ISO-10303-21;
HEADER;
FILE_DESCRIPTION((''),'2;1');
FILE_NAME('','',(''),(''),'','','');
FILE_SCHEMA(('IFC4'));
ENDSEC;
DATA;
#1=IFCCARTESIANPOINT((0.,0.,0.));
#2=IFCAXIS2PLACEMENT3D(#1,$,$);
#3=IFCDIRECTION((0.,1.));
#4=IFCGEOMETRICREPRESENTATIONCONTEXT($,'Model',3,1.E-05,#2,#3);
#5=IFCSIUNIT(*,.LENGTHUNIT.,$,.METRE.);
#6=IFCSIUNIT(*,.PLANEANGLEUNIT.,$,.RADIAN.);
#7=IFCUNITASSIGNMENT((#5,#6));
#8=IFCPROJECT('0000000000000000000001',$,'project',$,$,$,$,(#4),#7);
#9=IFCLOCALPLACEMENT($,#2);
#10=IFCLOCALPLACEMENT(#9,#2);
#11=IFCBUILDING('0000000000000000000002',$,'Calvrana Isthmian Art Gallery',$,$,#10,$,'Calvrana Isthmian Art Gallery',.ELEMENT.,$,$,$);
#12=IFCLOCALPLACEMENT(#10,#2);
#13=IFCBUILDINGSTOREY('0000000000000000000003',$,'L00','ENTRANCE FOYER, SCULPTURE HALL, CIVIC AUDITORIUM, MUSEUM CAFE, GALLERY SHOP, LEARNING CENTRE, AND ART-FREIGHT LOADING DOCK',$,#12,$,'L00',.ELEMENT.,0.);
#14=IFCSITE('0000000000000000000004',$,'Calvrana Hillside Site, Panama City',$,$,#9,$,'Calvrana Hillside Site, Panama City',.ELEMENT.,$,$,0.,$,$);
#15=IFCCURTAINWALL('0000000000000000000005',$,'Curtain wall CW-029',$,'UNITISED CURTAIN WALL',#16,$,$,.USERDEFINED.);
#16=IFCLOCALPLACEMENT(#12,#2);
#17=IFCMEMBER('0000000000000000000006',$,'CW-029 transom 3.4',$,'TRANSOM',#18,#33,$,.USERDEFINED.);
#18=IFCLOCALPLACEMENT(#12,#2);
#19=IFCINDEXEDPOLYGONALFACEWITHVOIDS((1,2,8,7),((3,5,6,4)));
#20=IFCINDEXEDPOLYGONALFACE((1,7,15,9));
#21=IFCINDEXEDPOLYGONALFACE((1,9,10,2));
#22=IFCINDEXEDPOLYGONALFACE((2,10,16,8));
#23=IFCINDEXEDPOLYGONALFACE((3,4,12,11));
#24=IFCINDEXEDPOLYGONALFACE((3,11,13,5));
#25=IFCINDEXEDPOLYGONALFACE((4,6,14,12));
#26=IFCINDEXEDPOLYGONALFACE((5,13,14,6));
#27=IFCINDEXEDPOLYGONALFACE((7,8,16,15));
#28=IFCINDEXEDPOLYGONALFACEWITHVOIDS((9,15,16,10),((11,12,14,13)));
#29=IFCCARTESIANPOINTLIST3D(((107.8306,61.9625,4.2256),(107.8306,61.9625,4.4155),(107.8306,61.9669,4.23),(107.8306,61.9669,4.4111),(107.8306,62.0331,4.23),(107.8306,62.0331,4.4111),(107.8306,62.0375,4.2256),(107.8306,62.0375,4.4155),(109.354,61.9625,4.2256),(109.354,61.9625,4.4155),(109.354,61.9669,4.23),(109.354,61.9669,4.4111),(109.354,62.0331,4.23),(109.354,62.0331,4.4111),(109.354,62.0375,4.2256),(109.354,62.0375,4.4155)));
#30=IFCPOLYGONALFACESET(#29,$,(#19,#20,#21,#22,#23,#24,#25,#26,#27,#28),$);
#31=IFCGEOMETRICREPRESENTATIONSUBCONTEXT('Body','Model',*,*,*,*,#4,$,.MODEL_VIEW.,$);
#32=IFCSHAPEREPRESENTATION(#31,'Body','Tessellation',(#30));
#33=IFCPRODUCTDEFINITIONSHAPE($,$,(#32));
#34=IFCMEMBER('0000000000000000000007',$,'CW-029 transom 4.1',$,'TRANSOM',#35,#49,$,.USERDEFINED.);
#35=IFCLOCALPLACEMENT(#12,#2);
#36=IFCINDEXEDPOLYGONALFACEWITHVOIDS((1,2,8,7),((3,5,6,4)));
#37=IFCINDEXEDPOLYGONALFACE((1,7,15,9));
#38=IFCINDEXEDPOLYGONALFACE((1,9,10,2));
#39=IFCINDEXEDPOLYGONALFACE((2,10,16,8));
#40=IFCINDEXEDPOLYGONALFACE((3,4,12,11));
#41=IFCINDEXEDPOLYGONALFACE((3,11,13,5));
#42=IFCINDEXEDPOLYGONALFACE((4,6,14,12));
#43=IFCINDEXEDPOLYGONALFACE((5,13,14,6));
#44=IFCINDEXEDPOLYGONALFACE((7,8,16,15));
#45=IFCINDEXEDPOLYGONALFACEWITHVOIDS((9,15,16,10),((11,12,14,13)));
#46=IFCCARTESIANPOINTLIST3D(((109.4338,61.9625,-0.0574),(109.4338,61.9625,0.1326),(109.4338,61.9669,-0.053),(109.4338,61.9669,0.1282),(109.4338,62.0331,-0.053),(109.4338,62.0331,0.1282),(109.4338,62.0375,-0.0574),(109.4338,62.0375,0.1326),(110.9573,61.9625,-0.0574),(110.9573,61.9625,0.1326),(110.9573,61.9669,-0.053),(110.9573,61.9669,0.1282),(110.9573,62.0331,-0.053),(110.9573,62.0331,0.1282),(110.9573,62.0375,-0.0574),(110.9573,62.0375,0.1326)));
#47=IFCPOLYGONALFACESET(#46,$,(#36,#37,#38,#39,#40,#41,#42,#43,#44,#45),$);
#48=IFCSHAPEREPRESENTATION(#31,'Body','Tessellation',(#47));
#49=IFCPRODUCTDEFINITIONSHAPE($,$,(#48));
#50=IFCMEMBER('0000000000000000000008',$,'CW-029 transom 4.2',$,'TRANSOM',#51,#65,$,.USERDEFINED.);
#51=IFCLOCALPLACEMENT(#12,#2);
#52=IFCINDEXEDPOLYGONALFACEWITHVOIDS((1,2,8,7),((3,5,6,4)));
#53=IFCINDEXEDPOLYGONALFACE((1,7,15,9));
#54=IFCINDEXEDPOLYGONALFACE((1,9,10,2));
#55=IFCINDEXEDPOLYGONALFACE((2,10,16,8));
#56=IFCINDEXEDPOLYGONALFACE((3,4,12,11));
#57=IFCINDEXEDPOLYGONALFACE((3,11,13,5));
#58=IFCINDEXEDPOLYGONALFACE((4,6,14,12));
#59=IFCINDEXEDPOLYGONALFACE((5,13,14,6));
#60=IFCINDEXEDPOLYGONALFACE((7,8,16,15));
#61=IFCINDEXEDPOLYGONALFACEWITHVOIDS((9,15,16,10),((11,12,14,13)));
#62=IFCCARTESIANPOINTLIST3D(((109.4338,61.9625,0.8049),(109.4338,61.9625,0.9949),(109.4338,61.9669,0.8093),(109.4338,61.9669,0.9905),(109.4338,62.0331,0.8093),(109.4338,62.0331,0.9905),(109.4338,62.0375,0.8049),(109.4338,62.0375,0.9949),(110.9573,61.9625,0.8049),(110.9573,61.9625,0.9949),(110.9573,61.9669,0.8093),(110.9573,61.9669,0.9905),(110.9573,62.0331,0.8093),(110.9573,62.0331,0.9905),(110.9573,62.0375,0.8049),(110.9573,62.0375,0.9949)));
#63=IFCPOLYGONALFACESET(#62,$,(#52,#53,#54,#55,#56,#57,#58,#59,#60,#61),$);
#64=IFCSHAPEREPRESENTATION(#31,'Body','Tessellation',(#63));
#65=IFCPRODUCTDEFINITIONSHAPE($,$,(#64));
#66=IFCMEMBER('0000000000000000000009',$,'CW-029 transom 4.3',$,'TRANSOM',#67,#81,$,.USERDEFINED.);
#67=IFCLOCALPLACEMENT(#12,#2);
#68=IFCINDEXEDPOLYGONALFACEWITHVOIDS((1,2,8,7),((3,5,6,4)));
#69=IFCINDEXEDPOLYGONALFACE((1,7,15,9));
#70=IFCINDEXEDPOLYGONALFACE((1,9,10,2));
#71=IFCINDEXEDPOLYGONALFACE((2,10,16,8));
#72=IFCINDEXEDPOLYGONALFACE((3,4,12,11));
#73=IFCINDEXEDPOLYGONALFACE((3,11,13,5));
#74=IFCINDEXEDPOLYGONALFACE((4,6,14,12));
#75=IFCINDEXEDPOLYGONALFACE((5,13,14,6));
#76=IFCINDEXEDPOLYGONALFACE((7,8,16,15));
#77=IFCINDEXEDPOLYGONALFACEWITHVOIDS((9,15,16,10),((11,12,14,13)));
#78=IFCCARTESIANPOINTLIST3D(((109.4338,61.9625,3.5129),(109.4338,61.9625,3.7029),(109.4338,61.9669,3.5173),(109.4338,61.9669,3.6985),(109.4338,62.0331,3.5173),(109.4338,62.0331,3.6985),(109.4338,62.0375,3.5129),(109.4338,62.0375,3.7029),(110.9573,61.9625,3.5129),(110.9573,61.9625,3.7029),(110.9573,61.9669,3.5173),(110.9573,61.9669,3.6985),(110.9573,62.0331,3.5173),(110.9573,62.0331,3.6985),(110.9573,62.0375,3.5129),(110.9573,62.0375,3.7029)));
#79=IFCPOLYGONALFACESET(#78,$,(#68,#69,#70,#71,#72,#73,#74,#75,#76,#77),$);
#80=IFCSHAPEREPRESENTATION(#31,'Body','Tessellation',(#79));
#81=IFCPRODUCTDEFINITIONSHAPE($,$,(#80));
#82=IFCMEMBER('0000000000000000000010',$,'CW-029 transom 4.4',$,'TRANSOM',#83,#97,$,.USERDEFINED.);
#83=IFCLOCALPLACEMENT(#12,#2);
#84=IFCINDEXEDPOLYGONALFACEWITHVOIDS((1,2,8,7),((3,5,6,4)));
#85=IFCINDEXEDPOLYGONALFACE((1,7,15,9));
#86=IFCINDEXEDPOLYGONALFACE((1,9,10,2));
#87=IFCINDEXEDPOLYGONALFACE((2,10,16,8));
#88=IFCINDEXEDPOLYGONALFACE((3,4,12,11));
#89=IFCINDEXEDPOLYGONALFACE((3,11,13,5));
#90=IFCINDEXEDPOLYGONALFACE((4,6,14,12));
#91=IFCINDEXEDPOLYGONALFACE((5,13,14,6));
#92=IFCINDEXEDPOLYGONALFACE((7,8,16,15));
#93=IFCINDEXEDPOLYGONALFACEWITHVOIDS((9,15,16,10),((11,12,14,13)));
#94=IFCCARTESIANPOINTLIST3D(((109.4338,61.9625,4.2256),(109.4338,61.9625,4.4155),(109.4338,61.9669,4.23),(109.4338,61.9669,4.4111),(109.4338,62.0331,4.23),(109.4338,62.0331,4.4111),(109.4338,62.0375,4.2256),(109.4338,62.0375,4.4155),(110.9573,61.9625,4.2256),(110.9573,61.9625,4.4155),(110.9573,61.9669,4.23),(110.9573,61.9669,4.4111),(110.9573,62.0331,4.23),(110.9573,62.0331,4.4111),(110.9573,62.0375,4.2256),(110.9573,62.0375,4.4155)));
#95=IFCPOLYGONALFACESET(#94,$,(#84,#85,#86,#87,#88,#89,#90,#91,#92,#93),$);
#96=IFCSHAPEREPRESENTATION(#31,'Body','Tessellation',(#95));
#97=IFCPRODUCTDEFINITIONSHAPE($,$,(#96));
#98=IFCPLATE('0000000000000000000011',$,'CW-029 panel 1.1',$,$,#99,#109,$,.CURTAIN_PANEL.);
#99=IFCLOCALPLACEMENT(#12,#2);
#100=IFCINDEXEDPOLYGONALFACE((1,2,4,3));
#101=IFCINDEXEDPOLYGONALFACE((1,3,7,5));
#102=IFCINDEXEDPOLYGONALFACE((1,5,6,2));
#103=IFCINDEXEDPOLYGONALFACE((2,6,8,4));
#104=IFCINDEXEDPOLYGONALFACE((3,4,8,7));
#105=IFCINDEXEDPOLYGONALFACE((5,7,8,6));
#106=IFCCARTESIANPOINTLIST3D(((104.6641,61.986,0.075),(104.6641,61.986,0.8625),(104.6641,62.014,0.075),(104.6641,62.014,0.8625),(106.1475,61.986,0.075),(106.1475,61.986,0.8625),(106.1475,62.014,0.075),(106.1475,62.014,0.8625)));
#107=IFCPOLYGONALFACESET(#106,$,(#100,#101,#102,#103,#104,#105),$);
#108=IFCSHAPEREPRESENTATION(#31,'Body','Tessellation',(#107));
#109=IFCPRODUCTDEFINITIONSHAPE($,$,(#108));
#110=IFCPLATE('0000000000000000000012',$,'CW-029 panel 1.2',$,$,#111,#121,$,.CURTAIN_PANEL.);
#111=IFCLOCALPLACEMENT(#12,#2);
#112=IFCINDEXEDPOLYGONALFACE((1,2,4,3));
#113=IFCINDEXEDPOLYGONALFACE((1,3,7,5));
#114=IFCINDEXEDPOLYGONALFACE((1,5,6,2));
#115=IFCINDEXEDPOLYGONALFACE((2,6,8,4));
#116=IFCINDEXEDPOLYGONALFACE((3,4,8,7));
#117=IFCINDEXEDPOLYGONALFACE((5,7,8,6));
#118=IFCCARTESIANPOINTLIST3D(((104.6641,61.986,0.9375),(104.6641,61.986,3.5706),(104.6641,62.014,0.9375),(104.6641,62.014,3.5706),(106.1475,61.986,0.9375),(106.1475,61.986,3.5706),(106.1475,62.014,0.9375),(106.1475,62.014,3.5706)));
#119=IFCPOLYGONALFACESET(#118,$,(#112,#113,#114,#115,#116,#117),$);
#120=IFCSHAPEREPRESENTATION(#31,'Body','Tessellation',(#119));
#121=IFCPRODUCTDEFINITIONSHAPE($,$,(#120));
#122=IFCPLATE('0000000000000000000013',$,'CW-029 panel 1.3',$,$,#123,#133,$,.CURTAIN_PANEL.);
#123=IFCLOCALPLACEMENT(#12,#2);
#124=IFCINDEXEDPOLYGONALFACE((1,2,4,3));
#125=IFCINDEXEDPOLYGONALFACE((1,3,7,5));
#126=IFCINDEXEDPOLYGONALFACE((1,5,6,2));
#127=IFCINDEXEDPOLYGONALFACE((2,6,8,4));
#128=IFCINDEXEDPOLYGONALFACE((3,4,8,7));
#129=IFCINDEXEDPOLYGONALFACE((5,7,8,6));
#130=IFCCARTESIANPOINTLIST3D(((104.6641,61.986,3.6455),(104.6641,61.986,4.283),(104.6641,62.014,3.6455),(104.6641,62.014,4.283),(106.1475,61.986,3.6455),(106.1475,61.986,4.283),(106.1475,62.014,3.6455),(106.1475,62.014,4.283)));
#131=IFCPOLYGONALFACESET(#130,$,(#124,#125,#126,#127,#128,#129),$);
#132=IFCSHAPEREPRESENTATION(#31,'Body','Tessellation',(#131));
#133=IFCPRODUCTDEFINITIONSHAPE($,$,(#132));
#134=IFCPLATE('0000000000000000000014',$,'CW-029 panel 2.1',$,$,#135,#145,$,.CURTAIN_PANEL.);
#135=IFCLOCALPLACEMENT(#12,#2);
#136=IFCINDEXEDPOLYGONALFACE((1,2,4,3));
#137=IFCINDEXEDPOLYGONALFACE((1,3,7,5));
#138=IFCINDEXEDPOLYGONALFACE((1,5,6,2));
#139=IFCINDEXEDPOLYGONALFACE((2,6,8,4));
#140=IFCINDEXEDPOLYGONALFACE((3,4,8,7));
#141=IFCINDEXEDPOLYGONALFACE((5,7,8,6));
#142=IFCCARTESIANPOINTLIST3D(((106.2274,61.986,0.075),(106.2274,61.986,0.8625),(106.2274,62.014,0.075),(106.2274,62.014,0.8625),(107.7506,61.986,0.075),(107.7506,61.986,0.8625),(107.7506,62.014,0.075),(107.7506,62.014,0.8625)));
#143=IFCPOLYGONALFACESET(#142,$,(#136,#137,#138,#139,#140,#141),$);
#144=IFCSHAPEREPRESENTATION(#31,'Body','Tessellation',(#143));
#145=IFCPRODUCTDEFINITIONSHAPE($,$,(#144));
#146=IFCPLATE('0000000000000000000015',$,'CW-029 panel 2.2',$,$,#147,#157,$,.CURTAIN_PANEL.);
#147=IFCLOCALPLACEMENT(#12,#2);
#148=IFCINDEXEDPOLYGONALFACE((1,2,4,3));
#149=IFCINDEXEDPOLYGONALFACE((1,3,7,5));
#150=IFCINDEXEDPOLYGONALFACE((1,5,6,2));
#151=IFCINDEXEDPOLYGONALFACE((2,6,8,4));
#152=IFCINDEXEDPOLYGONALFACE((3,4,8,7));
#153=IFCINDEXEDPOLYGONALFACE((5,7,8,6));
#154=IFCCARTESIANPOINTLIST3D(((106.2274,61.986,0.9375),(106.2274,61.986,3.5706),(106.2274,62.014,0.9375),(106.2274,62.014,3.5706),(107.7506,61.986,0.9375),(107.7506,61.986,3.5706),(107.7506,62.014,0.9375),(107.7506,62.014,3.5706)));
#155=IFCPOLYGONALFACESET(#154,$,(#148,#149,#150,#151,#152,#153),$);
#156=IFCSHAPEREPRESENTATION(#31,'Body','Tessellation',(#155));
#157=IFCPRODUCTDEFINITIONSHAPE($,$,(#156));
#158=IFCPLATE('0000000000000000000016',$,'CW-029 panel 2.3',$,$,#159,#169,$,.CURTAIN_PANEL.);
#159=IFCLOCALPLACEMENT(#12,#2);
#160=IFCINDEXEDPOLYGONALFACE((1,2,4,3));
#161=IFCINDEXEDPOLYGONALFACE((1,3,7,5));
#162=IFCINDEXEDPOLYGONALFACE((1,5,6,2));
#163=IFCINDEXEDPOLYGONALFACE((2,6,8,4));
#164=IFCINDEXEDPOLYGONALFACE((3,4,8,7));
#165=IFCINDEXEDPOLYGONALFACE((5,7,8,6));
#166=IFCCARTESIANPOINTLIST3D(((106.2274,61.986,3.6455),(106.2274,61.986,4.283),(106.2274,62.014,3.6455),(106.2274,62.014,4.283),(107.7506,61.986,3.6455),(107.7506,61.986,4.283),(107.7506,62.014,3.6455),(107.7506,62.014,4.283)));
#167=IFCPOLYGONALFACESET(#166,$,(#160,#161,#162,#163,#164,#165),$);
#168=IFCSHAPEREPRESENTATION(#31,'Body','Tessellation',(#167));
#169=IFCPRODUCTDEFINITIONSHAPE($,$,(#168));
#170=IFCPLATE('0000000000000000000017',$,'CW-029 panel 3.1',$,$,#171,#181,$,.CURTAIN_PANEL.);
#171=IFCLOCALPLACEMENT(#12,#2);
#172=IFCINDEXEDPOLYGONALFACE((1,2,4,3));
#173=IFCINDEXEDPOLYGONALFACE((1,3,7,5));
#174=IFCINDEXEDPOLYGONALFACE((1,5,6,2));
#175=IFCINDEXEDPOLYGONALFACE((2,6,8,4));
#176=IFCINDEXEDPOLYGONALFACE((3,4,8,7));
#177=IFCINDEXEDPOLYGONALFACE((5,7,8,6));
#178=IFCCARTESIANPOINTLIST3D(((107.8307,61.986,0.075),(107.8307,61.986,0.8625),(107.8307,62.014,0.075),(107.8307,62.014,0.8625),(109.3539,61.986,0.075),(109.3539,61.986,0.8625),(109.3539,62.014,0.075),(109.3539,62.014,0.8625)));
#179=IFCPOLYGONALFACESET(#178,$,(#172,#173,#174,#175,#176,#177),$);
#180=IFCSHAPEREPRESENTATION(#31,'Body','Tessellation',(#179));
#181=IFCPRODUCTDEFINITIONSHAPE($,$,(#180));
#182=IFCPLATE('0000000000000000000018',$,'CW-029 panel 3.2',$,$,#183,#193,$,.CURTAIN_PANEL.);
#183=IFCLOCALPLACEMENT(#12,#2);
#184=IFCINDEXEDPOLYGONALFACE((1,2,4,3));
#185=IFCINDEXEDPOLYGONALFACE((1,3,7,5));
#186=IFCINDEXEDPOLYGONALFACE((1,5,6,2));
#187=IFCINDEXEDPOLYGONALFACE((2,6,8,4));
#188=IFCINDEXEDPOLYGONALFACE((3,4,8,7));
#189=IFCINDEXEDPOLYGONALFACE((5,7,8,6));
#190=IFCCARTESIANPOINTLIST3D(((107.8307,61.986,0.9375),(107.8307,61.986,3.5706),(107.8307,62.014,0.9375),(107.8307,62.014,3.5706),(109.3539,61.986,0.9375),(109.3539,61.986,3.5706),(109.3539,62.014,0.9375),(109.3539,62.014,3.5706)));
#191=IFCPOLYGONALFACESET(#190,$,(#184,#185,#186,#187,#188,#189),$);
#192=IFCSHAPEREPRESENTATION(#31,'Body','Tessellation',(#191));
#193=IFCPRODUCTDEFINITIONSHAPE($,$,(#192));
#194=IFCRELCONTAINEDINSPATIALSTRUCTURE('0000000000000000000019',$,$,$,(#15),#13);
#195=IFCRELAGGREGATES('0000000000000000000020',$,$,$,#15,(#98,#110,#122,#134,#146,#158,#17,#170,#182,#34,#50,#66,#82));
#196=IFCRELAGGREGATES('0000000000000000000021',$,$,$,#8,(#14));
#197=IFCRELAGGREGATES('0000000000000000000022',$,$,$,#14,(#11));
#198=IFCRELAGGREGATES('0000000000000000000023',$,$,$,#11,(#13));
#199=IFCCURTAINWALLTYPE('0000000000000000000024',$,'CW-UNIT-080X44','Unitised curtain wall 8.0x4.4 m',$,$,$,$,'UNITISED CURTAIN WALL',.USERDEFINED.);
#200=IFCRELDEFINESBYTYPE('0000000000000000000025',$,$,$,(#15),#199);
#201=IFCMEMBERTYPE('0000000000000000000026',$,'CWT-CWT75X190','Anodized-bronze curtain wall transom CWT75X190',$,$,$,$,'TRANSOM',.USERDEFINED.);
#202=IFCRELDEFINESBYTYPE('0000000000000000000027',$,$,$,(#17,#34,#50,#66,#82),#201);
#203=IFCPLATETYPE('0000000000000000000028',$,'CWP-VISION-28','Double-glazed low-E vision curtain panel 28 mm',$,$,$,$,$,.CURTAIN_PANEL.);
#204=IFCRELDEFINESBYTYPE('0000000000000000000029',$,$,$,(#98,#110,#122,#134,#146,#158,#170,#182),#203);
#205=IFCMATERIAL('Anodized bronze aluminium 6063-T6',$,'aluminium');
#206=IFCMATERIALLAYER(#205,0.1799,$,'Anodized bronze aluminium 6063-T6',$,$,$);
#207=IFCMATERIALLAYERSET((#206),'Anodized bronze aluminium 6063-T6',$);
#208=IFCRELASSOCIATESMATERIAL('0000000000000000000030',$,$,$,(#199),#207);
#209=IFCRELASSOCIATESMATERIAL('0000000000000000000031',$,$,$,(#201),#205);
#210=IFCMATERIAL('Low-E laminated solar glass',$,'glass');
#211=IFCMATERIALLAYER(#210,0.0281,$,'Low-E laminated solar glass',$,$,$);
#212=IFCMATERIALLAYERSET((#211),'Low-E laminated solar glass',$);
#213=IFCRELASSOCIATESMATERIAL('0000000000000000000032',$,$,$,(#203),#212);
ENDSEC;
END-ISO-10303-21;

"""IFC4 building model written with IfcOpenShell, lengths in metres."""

from ifc_helpers import new_model, si_unit, direction, frame, origin, origin_2d, place, context, subcontext, project, spatial, rectangle, hollow_rectangle, extrude, material, layer, layer_set, material_profile, profile_set, type_object, element, aggregate, save


model = new_model("IFC4")

# Units and contexts
model_context = context("Model", 3, precision=1e-05, world=origin(), true_north=direction((0.0, 1.0)))
body_context = subcontext(model_context, "Body", "Model", "MODEL_VIEW")
ifc_project = project(units=[si_unit("LENGTHUNIT", "METRE"), si_unit("PLANEANGLEUNIT", "RADIAN")], contexts=[model_context])

# Site, building, storey
site_placement = place(None, origin())
site = spatial("IfcSite", under=ifc_project, at=site_placement, Name="Calvrana Hillside Site, Panama City", LongName="Calvrana Hillside Site, Panama City", CompositionType="ELEMENT", RefElevation=0.0)
building_placement = place(site_placement, origin())
building = spatial("IfcBuilding", under=site, at=building_placement, Name="Calvrana Isthmian Art Gallery", LongName="Calvrana Isthmian Art Gallery", CompositionType="ELEMENT")
storey_placement = place(building_placement, origin())
storey = spatial("IfcBuildingStorey", under=building, at=storey_placement, Name="L00", Description="ENTRANCE FOYER, SCULPTURE HALL, CIVIC AUDITORIUM, MUSEUM CAFE, GALLERY SHOP, LEARNING CENTRE, AND ART-FREIGHT LOADING DOCK", LongName="L00", CompositionType="ELEMENT", Elevation=0.0)

# Curtain wall, members, plates
ifc_material_1 = material(Name="Anodized bronze aluminium 6063-T6", Category="aluminium")
ifc_layer_1 = layer(ifc_material_1, 0.1799, Name="Anodized bronze aluminium 6063-T6")
ifc_layer_set_1 = layer_set([ifc_layer_1], Name="Anodized bronze aluminium 6063-T6")
curtain_wall_type = type_object("IfcCurtainWallType", Name="CW-UNIT-080X44", Description="Unitised curtain wall 8.0x4.4 m", ElementType="UNITISED CURTAIN WALL", PredefinedType="USERDEFINED", material=ifc_layer_set_1)
curtain_wall_placement = place(storey_placement, origin())
curtain_wall = element("IfcCurtainWall", 1, at=curtain_wall_placement, inside=storey, type_object=curtain_wall_type, Name="Curtain wall CW-029", ObjectType="UNITISED CURTAIN WALL", PredefinedType="USERDEFINED")
ifc_material_profile_1 = material_profile(ifc_material_1, hollow_rectangle(XDim=0.075, YDim=0.1899, WallThickness=0.0044, at=origin_2d()), Name="CWT75X190")
ifc_profile_set_1 = profile_set([ifc_material_profile_1], Name="Anodized bronze aluminium 6063-T6")
member_type_1 = type_object("IfcMemberType", Name="CWT-CWT75X190", Description="Anodized-bronze curtain wall transom CWT75X190", ElementType="TRANSOM", PredefinedType="USERDEFINED", material=ifc_profile_set_1)
member_1_placement = place(storey_placement, frame((107.8306, 62.0, 4.3206), z_axis=(1.0, 0.0, 0.0), x_axis=(0.0, 1.0, 0.0)))
member_1 = element("IfcMember", 2, at=member_1_placement, type_object=member_type_1, Name="CW-029 transom 3.4", ObjectType="TRANSOM", PredefinedType="USERDEFINED", context=body_context, shape_type="SweptSolid", body=[
    extrude(hollow_rectangle(XDim=0.075, YDim=0.1899, WallThickness=0.0044, at=origin_2d()), origin(), (0.0, 0.0, 1.0), 1.5234),
])
member_2_placement = place(storey_placement, frame((109.4338, 62.0, 0.0376), z_axis=(1.0, 0.0, 0.0), x_axis=(0.0, 1.0, 0.0)))
member_2 = element("IfcMember", 3, at=member_2_placement, type_object=member_type_1, Name="CW-029 transom 4.1", ObjectType="TRANSOM", PredefinedType="USERDEFINED", context=body_context, shape_type="SweptSolid", body=[
    extrude(hollow_rectangle(XDim=0.075, YDim=0.1899, WallThickness=0.0044, at=origin_2d()), origin(), (0.0, 0.0, 1.0), 1.5234),
])
member_3_placement = place(storey_placement, frame((109.4338, 62.0, 0.8999), z_axis=(1.0, 0.0, 0.0), x_axis=(0.0, 1.0, 0.0)))
member_3 = element("IfcMember", 4, at=member_3_placement, type_object=member_type_1, Name="CW-029 transom 4.2", ObjectType="TRANSOM", PredefinedType="USERDEFINED", context=body_context, shape_type="SweptSolid", body=[
    extrude(hollow_rectangle(XDim=0.075, YDim=0.1899, WallThickness=0.0044, at=origin_2d()), origin(), (0.0, 0.0, 1.0), 1.5234),
])
member_4_placement = place(storey_placement, frame((109.4338, 62.0, 3.6079), z_axis=(1.0, 0.0, 0.0), x_axis=(0.0, 1.0, 0.0)))
member_4 = element("IfcMember", 5, at=member_4_placement, type_object=member_type_1, Name="CW-029 transom 4.3", ObjectType="TRANSOM", PredefinedType="USERDEFINED", context=body_context, shape_type="SweptSolid", body=[
    extrude(hollow_rectangle(XDim=0.075, YDim=0.1899, WallThickness=0.0044, at=origin_2d()), origin(), (0.0, 0.0, 1.0), 1.5234),
])
member_5_placement = place(storey_placement, frame((109.4338, 62.0, 4.3206), z_axis=(1.0, 0.0, 0.0), x_axis=(0.0, 1.0, 0.0)))
member_5 = element("IfcMember", 6, at=member_5_placement, type_object=member_type_1, Name="CW-029 transom 4.4", ObjectType="TRANSOM", PredefinedType="USERDEFINED", context=body_context, shape_type="SweptSolid", body=[
    extrude(hollow_rectangle(XDim=0.075, YDim=0.1899, WallThickness=0.0044, at=origin_2d()), origin(), (0.0, 0.0, 1.0), 1.5234),
])
ifc_material_2 = material(Name="Low-E laminated solar glass", Category="glass")
ifc_layer_2 = layer(ifc_material_2, 0.0281, Name="Low-E laminated solar glass")
ifc_layer_set_2 = layer_set([ifc_layer_2], Name="Low-E laminated solar glass")
plate_type = type_object("IfcPlateType", Name="CWP-VISION-28", Description="Double-glazed low-E vision curtain panel 28 mm", PredefinedType="CURTAIN_PANEL", material=ifc_layer_set_2)
plate_1_placement = place(storey_placement, frame((105.4058, 62.0, 0.075), z_axis=(0.0, 0.0, 1.0), x_axis=(1.0, 0.0, 0.0)))
plate_1 = element("IfcPlate", 7, at=plate_1_placement, type_object=plate_type, Name="CW-029 panel 1.1", PredefinedType="CURTAIN_PANEL", context=body_context, shape_type="SweptSolid", body=[
    extrude(rectangle(XDim=1.4834, YDim=0.0281, at=origin_2d()), origin(), (0.0, 0.0, 1.0), 0.7876),
])
plate_2_placement = place(storey_placement, frame((105.4058, 62.0, 0.9375), z_axis=(0.0, 0.0, 1.0), x_axis=(1.0, 0.0, 0.0)))
plate_2 = element("IfcPlate", 8, at=plate_2_placement, type_object=plate_type, Name="CW-029 panel 1.2", PredefinedType="CURTAIN_PANEL", context=body_context, shape_type="SweptSolid", body=[
    extrude(rectangle(XDim=1.4834, YDim=0.0281, at=origin_2d()), origin(), (0.0, 0.0, 1.0), 2.6331),
])
plate_3_placement = place(storey_placement, frame((105.4058, 62.0, 3.6455), z_axis=(0.0, 0.0, 1.0), x_axis=(1.0, 0.0, 0.0)))
plate_3 = element("IfcPlate", 9, at=plate_3_placement, type_object=plate_type, Name="CW-029 panel 1.3", PredefinedType="CURTAIN_PANEL", context=body_context, shape_type="SweptSolid", body=[
    extrude(rectangle(XDim=1.4834, YDim=0.0281, at=origin_2d()), origin(), (0.0, 0.0, 1.0), 0.6375),
])
plate_4_placement = place(storey_placement, frame((106.989, 62.0, 0.075), z_axis=(0.0, 0.0, 1.0), x_axis=(1.0, 0.0, 0.0)))
plate_4 = element("IfcPlate", 10, at=plate_4_placement, type_object=plate_type, Name="CW-029 panel 2.1", PredefinedType="CURTAIN_PANEL", context=body_context, shape_type="SweptSolid", body=[
    extrude(rectangle(XDim=1.5232, YDim=0.0281, at=origin_2d()), origin(), (0.0, 0.0, 1.0), 0.7876),
])
plate_5_placement = place(storey_placement, frame((106.989, 62.0, 0.9375), z_axis=(0.0, 0.0, 1.0), x_axis=(1.0, 0.0, 0.0)))
plate_5 = element("IfcPlate", 11, at=plate_5_placement, type_object=plate_type, Name="CW-029 panel 2.2", PredefinedType="CURTAIN_PANEL", context=body_context, shape_type="SweptSolid", body=[
    extrude(rectangle(XDim=1.5232, YDim=0.0281, at=origin_2d()), origin(), (0.0, 0.0, 1.0), 2.6331),
])
plate_6_placement = place(storey_placement, frame((106.989, 62.0, 3.6455), z_axis=(0.0, 0.0, 1.0), x_axis=(1.0, 0.0, 0.0)))
plate_6 = element("IfcPlate", 12, at=plate_6_placement, type_object=plate_type, Name="CW-029 panel 2.3", PredefinedType="CURTAIN_PANEL", context=body_context, shape_type="SweptSolid", body=[
    extrude(rectangle(XDim=1.5232, YDim=0.0281, at=origin_2d()), origin(), (0.0, 0.0, 1.0), 0.6375),
])
plate_7_placement = place(storey_placement, frame((108.5923, 62.0, 0.075), z_axis=(0.0, 0.0, 1.0), x_axis=(1.0, 0.0, 0.0)))
plate_7 = element("IfcPlate", 13, at=plate_7_placement, type_object=plate_type, Name="CW-029 panel 3.1", PredefinedType="CURTAIN_PANEL", context=body_context, shape_type="SweptSolid", body=[
    extrude(rectangle(XDim=1.5232, YDim=0.0281, at=origin_2d()), origin(), (0.0, 0.0, 1.0), 0.7876),
])
plate_8_placement = place(storey_placement, frame((108.5923, 62.0, 0.9375), z_axis=(0.0, 0.0, 1.0), x_axis=(1.0, 0.0, 0.0)))
plate_8 = element("IfcPlate", 14, at=plate_8_placement, type_object=plate_type, Name="CW-029 panel 3.2", PredefinedType="CURTAIN_PANEL", context=body_context, shape_type="SweptSolid", body=[
    extrude(rectangle(XDim=1.5232, YDim=0.0281, at=origin_2d()), origin(), (0.0, 0.0, 1.0), 2.6331),
])
aggregate(curtain_wall, [plate_1, plate_2, plate_3, plate_4, plate_5, plate_6, member_1, plate_7, plate_8, member_2, member_3, member_4, member_5])

save(model, "model.ifc")
